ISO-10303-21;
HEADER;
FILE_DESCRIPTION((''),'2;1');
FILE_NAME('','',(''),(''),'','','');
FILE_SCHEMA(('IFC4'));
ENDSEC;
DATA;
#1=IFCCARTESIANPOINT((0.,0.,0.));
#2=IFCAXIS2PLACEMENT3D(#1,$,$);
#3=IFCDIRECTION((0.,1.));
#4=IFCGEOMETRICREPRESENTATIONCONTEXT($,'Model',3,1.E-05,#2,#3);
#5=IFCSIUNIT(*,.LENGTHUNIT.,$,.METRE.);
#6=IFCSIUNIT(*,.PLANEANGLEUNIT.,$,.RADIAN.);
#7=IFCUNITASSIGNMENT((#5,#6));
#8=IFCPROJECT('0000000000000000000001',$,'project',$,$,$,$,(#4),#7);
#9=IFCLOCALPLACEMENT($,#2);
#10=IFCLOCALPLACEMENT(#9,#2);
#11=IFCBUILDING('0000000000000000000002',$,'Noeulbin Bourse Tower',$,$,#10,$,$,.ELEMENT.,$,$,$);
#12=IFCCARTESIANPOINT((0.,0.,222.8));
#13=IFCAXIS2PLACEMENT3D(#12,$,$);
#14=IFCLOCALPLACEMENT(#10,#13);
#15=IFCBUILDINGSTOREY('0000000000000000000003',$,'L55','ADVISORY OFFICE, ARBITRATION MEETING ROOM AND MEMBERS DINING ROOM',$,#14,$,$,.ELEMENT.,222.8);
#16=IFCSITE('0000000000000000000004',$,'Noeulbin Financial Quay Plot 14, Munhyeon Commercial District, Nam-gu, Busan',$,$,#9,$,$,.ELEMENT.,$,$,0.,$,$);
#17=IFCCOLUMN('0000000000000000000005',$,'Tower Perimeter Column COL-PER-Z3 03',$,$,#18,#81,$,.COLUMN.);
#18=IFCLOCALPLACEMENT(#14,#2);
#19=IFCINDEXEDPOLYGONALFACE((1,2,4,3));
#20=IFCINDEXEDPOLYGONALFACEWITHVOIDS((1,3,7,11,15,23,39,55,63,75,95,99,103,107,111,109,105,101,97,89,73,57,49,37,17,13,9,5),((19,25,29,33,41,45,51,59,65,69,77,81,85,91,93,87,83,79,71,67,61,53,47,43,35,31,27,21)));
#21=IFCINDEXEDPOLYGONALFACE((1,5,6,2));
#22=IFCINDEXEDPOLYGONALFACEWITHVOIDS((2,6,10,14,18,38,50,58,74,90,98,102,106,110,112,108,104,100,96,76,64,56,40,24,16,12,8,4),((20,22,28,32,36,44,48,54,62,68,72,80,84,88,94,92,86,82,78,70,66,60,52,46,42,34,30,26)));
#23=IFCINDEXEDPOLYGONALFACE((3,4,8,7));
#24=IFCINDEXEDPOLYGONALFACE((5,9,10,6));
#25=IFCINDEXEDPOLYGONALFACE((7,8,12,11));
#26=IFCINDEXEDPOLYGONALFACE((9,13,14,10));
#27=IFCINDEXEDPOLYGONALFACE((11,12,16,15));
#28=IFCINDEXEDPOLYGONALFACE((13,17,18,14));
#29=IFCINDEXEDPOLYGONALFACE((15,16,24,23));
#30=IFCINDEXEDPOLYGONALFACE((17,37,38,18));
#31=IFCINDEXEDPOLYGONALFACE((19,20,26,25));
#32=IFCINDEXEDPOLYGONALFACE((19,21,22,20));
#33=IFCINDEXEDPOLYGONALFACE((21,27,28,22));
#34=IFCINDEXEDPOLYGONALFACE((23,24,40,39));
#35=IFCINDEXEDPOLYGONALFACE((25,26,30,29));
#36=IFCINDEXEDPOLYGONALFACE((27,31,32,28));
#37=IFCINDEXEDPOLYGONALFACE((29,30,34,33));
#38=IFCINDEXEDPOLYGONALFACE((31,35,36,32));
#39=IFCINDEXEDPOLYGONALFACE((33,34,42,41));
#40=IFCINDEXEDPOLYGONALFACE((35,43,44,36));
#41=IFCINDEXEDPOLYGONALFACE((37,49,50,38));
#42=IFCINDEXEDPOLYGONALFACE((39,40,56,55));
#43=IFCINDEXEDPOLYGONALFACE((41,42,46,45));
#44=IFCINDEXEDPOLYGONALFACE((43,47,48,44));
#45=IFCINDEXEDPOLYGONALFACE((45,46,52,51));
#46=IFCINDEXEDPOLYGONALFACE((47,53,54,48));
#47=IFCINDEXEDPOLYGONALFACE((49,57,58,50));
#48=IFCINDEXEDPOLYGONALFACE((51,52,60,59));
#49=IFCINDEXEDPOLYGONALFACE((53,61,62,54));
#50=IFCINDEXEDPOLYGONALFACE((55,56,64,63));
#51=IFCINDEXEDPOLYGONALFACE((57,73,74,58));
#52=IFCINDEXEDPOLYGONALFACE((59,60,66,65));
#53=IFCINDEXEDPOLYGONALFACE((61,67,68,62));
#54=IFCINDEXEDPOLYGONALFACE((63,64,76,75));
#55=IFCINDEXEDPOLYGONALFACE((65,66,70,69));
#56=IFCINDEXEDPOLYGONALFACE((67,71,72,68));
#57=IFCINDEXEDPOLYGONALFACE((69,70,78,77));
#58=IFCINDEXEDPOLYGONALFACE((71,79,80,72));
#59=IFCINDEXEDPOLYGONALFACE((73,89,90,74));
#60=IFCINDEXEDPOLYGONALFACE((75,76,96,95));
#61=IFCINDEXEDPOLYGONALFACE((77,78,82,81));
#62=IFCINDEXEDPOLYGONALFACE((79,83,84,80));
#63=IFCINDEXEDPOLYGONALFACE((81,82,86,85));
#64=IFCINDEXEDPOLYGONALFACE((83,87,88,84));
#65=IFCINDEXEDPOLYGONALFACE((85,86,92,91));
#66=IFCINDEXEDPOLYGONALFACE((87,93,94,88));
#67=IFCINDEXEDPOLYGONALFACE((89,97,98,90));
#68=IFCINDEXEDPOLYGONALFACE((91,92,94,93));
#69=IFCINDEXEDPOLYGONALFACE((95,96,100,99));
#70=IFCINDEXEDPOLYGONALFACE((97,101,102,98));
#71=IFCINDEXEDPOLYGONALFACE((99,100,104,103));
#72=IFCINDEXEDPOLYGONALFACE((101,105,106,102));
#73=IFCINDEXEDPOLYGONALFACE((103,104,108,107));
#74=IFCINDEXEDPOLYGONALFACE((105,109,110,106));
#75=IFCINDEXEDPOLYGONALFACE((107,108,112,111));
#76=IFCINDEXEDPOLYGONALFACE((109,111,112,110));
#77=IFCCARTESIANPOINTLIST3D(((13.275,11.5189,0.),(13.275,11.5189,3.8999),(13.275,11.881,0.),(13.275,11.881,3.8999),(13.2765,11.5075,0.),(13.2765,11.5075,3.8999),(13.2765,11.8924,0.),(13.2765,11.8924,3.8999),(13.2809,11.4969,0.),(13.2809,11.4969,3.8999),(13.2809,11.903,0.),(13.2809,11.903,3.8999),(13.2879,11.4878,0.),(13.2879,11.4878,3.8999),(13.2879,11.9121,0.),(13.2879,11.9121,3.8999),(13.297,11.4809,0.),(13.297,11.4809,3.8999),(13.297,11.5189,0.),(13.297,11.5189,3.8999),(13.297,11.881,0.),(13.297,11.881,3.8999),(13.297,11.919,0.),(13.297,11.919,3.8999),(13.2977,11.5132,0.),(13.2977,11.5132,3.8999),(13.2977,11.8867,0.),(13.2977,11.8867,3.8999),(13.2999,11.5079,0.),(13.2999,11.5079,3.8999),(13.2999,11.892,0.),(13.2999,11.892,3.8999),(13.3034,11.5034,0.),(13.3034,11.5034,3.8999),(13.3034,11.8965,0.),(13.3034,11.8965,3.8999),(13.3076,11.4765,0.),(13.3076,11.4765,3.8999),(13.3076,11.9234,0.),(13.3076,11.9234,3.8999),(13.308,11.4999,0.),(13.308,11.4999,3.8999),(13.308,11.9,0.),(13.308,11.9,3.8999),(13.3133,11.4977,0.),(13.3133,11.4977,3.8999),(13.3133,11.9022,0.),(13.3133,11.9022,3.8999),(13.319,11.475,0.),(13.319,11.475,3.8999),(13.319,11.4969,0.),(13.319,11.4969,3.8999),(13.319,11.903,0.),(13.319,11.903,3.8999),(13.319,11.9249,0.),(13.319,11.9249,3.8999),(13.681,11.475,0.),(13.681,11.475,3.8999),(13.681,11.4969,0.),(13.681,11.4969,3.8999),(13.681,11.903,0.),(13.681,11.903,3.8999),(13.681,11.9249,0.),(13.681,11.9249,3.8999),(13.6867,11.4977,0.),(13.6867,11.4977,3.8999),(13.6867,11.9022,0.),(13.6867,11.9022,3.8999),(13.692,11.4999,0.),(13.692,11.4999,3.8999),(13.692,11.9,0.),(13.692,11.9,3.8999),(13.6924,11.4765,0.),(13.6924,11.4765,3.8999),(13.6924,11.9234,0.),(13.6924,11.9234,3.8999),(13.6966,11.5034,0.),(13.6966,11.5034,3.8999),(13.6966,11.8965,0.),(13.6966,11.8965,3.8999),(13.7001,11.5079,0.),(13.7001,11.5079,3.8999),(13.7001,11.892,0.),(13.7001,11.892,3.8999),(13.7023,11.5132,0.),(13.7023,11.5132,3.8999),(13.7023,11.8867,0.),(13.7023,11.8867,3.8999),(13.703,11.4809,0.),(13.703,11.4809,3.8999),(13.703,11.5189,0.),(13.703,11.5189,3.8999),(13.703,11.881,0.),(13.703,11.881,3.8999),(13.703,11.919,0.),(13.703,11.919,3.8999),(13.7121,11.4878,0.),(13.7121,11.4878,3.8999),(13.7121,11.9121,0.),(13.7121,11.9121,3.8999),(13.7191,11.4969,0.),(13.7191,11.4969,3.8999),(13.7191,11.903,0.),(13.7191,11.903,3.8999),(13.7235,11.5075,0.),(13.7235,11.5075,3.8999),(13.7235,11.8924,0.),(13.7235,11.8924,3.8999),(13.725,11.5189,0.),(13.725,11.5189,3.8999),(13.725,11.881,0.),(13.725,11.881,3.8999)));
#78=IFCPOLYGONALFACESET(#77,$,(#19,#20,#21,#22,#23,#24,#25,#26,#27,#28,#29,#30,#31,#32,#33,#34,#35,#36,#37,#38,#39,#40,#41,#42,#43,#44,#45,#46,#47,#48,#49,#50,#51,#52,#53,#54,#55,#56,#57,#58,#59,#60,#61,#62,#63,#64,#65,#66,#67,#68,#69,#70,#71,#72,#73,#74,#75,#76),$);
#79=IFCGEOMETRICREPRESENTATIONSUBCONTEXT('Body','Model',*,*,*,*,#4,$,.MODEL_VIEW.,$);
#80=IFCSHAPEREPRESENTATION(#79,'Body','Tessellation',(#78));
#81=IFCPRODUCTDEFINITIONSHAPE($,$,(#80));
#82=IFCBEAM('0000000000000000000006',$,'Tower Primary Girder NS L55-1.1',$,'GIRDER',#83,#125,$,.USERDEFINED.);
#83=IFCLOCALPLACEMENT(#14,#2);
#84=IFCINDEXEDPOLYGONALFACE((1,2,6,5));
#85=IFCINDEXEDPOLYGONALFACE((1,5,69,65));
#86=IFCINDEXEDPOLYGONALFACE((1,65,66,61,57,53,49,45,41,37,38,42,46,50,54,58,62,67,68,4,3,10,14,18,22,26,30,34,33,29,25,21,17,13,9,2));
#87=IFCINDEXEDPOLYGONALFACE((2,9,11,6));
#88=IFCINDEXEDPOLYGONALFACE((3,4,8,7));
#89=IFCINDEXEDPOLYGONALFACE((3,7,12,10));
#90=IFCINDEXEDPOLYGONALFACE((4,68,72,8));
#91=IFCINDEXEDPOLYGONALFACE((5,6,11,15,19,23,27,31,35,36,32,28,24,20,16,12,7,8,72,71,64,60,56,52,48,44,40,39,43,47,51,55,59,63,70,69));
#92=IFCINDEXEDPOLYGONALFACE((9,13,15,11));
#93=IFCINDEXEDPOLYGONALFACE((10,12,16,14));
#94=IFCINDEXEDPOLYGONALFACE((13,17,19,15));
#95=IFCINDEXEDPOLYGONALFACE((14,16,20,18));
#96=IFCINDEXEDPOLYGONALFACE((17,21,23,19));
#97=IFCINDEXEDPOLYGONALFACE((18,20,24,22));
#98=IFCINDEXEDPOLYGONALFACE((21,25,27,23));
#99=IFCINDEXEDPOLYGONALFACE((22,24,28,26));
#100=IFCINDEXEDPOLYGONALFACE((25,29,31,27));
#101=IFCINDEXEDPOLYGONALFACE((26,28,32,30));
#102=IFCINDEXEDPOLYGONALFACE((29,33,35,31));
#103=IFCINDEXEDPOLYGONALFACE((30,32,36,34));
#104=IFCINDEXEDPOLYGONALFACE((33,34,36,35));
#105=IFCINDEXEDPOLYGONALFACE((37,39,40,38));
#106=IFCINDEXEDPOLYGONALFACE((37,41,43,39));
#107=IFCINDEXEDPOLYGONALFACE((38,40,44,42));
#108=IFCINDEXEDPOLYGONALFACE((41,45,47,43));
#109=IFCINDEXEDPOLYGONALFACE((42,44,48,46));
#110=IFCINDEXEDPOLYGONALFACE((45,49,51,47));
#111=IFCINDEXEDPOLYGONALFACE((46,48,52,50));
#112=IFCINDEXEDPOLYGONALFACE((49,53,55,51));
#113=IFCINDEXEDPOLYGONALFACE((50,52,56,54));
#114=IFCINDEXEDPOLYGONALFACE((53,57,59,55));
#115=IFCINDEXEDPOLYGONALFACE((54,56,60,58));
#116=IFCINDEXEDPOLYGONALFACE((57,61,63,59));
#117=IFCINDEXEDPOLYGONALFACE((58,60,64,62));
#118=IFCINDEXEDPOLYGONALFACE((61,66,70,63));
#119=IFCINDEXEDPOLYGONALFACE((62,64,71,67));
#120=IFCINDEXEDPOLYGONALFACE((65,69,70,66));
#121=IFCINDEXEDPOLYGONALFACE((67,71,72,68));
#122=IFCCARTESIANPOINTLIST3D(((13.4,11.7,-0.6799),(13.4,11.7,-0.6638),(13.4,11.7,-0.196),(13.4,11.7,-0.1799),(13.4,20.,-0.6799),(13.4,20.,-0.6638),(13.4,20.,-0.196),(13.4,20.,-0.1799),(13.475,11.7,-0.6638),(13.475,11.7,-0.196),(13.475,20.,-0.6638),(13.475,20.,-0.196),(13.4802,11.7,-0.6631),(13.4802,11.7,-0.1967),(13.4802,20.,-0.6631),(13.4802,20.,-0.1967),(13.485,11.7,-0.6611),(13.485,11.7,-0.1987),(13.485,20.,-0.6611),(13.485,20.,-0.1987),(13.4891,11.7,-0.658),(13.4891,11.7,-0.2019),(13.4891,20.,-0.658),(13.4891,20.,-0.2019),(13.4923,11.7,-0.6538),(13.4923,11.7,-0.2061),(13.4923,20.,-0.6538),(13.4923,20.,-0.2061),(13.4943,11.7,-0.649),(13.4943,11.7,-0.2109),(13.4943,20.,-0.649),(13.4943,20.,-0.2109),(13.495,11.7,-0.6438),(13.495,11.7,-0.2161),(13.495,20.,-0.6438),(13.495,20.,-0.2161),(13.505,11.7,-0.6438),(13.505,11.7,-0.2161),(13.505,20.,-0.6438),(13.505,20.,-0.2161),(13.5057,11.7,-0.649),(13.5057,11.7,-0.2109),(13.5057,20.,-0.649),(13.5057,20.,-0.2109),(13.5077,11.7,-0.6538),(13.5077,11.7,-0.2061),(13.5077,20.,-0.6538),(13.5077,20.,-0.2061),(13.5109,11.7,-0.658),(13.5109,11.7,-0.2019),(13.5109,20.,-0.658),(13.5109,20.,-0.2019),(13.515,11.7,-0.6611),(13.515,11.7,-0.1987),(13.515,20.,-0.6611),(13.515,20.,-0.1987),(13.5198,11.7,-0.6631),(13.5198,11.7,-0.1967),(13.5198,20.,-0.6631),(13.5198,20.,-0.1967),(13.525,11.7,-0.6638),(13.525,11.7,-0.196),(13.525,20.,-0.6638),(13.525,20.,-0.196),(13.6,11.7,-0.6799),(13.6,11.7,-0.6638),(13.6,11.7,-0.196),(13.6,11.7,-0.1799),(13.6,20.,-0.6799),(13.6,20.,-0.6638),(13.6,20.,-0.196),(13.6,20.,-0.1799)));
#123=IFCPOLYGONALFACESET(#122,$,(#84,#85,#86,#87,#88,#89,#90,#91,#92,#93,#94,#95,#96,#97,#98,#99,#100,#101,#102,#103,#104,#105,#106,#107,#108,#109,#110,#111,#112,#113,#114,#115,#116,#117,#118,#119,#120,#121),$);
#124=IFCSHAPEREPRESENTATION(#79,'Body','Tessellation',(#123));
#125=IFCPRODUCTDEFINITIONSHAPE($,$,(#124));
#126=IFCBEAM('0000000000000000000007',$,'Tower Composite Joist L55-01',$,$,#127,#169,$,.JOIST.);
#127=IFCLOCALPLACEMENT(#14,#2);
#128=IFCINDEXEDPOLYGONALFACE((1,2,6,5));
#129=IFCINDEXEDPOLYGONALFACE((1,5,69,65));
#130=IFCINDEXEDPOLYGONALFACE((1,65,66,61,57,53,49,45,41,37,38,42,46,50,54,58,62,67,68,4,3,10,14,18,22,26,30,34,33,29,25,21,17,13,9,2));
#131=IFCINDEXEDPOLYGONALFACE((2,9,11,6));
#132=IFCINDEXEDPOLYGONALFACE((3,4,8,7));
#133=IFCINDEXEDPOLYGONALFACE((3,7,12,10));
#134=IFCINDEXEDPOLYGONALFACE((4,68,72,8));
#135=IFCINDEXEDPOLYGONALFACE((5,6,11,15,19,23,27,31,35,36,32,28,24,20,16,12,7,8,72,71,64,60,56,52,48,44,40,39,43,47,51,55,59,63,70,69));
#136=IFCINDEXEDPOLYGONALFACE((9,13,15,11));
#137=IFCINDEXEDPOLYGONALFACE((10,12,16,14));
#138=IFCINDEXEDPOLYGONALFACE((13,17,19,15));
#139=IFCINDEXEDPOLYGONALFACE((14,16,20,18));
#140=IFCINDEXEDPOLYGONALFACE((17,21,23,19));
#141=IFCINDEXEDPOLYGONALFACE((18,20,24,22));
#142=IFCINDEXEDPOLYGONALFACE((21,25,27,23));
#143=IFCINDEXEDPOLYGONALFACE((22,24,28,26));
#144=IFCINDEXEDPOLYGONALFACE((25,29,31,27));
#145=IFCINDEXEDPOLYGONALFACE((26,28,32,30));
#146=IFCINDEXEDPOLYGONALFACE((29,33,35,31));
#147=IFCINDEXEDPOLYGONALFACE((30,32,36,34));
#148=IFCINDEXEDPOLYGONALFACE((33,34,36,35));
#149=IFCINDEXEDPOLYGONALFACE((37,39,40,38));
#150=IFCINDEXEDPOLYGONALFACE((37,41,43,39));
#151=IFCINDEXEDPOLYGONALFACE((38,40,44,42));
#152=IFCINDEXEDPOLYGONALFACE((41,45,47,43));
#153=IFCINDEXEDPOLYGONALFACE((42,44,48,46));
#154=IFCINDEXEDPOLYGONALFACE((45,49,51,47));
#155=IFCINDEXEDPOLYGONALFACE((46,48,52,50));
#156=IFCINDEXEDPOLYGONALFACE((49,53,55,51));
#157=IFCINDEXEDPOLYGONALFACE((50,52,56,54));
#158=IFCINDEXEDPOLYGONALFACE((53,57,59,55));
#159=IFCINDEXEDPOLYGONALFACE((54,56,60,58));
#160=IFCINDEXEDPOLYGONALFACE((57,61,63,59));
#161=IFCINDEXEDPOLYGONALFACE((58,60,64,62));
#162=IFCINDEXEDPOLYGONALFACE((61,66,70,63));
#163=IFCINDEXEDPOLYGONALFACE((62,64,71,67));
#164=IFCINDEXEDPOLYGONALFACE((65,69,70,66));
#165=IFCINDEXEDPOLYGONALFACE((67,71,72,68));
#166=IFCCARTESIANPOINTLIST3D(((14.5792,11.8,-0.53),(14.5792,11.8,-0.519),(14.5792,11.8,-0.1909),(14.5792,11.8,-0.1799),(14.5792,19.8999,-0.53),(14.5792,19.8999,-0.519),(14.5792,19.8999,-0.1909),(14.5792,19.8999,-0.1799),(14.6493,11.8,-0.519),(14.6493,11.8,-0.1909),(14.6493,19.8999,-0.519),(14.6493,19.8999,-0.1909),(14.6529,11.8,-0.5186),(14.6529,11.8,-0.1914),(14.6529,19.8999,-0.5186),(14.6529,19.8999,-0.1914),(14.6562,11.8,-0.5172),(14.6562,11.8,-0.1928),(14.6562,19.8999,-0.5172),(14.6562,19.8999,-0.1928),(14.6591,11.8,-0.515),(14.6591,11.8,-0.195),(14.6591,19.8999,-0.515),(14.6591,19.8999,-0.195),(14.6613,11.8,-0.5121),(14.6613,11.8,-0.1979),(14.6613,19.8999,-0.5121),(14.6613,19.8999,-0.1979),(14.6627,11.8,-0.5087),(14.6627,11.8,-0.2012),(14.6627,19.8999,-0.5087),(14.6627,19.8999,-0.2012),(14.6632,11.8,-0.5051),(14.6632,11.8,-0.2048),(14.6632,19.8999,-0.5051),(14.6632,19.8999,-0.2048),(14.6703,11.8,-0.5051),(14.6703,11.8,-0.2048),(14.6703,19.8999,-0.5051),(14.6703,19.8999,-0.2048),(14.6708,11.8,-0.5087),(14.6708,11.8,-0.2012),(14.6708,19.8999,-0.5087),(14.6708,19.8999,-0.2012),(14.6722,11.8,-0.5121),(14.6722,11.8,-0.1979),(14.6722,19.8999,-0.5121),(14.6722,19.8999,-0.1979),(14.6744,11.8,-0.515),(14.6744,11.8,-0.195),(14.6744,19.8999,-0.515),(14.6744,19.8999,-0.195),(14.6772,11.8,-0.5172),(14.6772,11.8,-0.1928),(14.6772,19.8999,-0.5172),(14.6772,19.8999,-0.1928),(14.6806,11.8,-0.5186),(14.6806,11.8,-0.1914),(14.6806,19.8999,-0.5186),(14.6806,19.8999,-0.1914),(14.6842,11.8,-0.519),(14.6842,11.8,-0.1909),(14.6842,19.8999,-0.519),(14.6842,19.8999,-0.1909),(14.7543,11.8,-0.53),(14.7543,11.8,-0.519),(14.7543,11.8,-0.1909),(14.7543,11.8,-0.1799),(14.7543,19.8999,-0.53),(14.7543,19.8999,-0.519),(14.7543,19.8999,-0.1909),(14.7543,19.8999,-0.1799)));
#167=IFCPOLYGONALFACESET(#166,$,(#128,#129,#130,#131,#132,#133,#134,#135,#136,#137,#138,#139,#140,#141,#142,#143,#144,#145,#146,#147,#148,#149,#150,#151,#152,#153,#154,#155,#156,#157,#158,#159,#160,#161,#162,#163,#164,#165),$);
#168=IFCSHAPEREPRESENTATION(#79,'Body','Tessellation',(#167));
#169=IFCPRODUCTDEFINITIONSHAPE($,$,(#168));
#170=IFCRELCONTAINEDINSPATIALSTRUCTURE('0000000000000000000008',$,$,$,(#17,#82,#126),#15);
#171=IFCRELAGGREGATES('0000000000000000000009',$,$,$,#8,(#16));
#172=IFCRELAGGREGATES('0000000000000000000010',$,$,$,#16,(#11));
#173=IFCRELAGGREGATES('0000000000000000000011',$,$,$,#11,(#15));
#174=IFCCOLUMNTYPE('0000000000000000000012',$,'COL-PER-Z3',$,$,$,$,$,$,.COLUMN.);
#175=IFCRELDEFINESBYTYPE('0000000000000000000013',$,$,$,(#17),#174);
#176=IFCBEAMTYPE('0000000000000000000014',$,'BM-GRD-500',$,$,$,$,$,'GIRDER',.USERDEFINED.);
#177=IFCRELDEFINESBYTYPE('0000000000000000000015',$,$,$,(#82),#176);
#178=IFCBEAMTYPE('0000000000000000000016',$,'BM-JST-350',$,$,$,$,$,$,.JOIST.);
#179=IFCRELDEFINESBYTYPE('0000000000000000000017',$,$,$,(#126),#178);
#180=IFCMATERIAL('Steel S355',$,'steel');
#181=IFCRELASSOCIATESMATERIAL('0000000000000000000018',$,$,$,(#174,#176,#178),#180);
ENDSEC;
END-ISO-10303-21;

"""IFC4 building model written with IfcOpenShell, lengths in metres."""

from ifc_helpers import new_model, si_unit, direction, frame, origin, origin_2d, place, context, subcontext, project, spatial, hollow_rectangle, i_section, extrude, material, material_profile, profile_set, type_object, element, save


model = new_model("IFC4")

# Units and contexts
model_context = context("Model", 3, precision=1e-05, world=origin(), true_north=direction((0.0, 1.0)))
body_context = subcontext(model_context, "Body", "Model", "MODEL_VIEW")
ifc_project = project(units=[si_unit("LENGTHUNIT", "METRE"), si_unit("PLANEANGLEUNIT", "RADIAN")], contexts=[model_context])

# Site, building, storey
site_placement = place(None, origin())
site = spatial("IfcSite", under=ifc_project, at=site_placement, Name="Noeulbin Financial Quay Plot 14, Munhyeon Commercial District, Nam-gu, Busan", CompositionType="ELEMENT", RefElevation=0.0)
building_placement = place(site_placement, origin())
building = spatial("IfcBuilding", under=site, at=building_placement, Name="Noeulbin Bourse Tower", CompositionType="ELEMENT")
storey_placement = place(building_placement, frame((0.0, 0.0, 222.8)))
storey = spatial("IfcBuildingStorey", under=building, at=storey_placement, Name="L55", Description="ADVISORY OFFICE, ARBITRATION MEETING ROOM AND MEMBERS DINING ROOM", CompositionType="ELEMENT", Elevation=222.8)

# Column
ifc_material_1 = material(Name="Steel S355", Category="steel")
ifc_material_profile_1 = material_profile(ifc_material_1, hollow_rectangle(XDim=0.45, YDim=0.45, WallThickness=0.022, InnerFilletRadius=0.022, OuterFilletRadius=0.0439, at=origin_2d()), Name="SHS-450x450x22", Category="LoadBearing")
ifc_profile_set_1 = profile_set([ifc_material_profile_1], Name="Steel S355")
column_type = type_object("IfcColumnType", Name="COL-PER-Z3", PredefinedType="COLUMN", material=ifc_profile_set_1)
column_placement = place(storey_placement, frame((13.5, 11.7, 0.0), z_axis=(0.0, 0.0, 1.0), x_axis=(1.0, 0.0, 0.0)))
element("IfcColumn", 1, at=column_placement, inside=storey, type_object=column_type, Name="Tower Perimeter Column COL-PER-Z3 03", PredefinedType="COLUMN", context=body_context, shape_type="SweptSolid", body=[
    extrude(hollow_rectangle(XDim=0.45, YDim=0.45, WallThickness=0.022, InnerFilletRadius=0.022, OuterFilletRadius=0.0439, at=origin_2d()), origin(), (0.0, 0.0, 1.0), 3.8999),
])

# Beams
ifc_material_profile_2 = material_profile(ifc_material_1, i_section(OverallWidth=0.2, OverallDepth=0.5, WebThickness=0.01, FlangeThickness=0.0161, FilletRadius=0.02, at=origin_2d()), Name="H-500x200x10x16", Category="LoadBearing")
ifc_profile_set_2 = profile_set([ifc_material_profile_2], Name="Steel S355")
beam_type_1 = type_object("IfcBeamType", Name="BM-GRD-500", ElementType="GIRDER", PredefinedType="USERDEFINED", material=ifc_profile_set_2)
beam_1_placement = place(storey_placement, frame((13.5, 11.7, -0.4299), z_axis=(0.0, 1.0, 0.0), x_axis=(-1.0, 0.0, 0.0)))
element("IfcBeam", 2, at=beam_1_placement, inside=storey, type_object=beam_type_1, Name="Tower Primary Girder NS L55-1.1", ObjectType="GIRDER", PredefinedType="USERDEFINED", context=body_context, shape_type="SweptSolid", body=[
    extrude(i_section(OverallWidth=0.2, OverallDepth=0.5, WebThickness=0.01, FlangeThickness=0.0161, FilletRadius=0.02, at=origin_2d()), origin(), (0.0, 0.0, 1.0), 8.3),
])
ifc_material_profile_3 = material_profile(ifc_material_1, i_section(OverallWidth=0.175, OverallDepth=0.3501, WebThickness=0.0071, FlangeThickness=0.011, FilletRadius=0.0139, at=origin_2d()), Name="H-350x175x7x11", Category="LoadBearing")
ifc_profile_set_3 = profile_set([ifc_material_profile_3], Name="Steel S355")
beam_type_2 = type_object("IfcBeamType", Name="BM-JST-350", PredefinedType="JOIST", material=ifc_profile_set_3)
for number, where, z_axis, x_axis, name in (
    (3, (14.6667, 11.8, -0.355), (0.0, 1.0, 0.0), (-1.0, 0.0, 0.0), "Tower Composite Joist L55-01"),
):
    element("IfcBeam", number, at=place(storey_placement, frame(where, z_axis=z_axis, x_axis=x_axis)), inside=storey, type_object=beam_type_2, Name=name, PredefinedType="JOIST", context=body_context, shape_type="SweptSolid", body=[
        extrude(i_section(OverallWidth=0.175, OverallDepth=0.3501, WebThickness=0.0071, FlangeThickness=0.011, FilletRadius=0.0139, at=origin_2d()), origin(), (0.0, 0.0, 1.0), 8.0999),
    ])

save(model, "model.ifc")
